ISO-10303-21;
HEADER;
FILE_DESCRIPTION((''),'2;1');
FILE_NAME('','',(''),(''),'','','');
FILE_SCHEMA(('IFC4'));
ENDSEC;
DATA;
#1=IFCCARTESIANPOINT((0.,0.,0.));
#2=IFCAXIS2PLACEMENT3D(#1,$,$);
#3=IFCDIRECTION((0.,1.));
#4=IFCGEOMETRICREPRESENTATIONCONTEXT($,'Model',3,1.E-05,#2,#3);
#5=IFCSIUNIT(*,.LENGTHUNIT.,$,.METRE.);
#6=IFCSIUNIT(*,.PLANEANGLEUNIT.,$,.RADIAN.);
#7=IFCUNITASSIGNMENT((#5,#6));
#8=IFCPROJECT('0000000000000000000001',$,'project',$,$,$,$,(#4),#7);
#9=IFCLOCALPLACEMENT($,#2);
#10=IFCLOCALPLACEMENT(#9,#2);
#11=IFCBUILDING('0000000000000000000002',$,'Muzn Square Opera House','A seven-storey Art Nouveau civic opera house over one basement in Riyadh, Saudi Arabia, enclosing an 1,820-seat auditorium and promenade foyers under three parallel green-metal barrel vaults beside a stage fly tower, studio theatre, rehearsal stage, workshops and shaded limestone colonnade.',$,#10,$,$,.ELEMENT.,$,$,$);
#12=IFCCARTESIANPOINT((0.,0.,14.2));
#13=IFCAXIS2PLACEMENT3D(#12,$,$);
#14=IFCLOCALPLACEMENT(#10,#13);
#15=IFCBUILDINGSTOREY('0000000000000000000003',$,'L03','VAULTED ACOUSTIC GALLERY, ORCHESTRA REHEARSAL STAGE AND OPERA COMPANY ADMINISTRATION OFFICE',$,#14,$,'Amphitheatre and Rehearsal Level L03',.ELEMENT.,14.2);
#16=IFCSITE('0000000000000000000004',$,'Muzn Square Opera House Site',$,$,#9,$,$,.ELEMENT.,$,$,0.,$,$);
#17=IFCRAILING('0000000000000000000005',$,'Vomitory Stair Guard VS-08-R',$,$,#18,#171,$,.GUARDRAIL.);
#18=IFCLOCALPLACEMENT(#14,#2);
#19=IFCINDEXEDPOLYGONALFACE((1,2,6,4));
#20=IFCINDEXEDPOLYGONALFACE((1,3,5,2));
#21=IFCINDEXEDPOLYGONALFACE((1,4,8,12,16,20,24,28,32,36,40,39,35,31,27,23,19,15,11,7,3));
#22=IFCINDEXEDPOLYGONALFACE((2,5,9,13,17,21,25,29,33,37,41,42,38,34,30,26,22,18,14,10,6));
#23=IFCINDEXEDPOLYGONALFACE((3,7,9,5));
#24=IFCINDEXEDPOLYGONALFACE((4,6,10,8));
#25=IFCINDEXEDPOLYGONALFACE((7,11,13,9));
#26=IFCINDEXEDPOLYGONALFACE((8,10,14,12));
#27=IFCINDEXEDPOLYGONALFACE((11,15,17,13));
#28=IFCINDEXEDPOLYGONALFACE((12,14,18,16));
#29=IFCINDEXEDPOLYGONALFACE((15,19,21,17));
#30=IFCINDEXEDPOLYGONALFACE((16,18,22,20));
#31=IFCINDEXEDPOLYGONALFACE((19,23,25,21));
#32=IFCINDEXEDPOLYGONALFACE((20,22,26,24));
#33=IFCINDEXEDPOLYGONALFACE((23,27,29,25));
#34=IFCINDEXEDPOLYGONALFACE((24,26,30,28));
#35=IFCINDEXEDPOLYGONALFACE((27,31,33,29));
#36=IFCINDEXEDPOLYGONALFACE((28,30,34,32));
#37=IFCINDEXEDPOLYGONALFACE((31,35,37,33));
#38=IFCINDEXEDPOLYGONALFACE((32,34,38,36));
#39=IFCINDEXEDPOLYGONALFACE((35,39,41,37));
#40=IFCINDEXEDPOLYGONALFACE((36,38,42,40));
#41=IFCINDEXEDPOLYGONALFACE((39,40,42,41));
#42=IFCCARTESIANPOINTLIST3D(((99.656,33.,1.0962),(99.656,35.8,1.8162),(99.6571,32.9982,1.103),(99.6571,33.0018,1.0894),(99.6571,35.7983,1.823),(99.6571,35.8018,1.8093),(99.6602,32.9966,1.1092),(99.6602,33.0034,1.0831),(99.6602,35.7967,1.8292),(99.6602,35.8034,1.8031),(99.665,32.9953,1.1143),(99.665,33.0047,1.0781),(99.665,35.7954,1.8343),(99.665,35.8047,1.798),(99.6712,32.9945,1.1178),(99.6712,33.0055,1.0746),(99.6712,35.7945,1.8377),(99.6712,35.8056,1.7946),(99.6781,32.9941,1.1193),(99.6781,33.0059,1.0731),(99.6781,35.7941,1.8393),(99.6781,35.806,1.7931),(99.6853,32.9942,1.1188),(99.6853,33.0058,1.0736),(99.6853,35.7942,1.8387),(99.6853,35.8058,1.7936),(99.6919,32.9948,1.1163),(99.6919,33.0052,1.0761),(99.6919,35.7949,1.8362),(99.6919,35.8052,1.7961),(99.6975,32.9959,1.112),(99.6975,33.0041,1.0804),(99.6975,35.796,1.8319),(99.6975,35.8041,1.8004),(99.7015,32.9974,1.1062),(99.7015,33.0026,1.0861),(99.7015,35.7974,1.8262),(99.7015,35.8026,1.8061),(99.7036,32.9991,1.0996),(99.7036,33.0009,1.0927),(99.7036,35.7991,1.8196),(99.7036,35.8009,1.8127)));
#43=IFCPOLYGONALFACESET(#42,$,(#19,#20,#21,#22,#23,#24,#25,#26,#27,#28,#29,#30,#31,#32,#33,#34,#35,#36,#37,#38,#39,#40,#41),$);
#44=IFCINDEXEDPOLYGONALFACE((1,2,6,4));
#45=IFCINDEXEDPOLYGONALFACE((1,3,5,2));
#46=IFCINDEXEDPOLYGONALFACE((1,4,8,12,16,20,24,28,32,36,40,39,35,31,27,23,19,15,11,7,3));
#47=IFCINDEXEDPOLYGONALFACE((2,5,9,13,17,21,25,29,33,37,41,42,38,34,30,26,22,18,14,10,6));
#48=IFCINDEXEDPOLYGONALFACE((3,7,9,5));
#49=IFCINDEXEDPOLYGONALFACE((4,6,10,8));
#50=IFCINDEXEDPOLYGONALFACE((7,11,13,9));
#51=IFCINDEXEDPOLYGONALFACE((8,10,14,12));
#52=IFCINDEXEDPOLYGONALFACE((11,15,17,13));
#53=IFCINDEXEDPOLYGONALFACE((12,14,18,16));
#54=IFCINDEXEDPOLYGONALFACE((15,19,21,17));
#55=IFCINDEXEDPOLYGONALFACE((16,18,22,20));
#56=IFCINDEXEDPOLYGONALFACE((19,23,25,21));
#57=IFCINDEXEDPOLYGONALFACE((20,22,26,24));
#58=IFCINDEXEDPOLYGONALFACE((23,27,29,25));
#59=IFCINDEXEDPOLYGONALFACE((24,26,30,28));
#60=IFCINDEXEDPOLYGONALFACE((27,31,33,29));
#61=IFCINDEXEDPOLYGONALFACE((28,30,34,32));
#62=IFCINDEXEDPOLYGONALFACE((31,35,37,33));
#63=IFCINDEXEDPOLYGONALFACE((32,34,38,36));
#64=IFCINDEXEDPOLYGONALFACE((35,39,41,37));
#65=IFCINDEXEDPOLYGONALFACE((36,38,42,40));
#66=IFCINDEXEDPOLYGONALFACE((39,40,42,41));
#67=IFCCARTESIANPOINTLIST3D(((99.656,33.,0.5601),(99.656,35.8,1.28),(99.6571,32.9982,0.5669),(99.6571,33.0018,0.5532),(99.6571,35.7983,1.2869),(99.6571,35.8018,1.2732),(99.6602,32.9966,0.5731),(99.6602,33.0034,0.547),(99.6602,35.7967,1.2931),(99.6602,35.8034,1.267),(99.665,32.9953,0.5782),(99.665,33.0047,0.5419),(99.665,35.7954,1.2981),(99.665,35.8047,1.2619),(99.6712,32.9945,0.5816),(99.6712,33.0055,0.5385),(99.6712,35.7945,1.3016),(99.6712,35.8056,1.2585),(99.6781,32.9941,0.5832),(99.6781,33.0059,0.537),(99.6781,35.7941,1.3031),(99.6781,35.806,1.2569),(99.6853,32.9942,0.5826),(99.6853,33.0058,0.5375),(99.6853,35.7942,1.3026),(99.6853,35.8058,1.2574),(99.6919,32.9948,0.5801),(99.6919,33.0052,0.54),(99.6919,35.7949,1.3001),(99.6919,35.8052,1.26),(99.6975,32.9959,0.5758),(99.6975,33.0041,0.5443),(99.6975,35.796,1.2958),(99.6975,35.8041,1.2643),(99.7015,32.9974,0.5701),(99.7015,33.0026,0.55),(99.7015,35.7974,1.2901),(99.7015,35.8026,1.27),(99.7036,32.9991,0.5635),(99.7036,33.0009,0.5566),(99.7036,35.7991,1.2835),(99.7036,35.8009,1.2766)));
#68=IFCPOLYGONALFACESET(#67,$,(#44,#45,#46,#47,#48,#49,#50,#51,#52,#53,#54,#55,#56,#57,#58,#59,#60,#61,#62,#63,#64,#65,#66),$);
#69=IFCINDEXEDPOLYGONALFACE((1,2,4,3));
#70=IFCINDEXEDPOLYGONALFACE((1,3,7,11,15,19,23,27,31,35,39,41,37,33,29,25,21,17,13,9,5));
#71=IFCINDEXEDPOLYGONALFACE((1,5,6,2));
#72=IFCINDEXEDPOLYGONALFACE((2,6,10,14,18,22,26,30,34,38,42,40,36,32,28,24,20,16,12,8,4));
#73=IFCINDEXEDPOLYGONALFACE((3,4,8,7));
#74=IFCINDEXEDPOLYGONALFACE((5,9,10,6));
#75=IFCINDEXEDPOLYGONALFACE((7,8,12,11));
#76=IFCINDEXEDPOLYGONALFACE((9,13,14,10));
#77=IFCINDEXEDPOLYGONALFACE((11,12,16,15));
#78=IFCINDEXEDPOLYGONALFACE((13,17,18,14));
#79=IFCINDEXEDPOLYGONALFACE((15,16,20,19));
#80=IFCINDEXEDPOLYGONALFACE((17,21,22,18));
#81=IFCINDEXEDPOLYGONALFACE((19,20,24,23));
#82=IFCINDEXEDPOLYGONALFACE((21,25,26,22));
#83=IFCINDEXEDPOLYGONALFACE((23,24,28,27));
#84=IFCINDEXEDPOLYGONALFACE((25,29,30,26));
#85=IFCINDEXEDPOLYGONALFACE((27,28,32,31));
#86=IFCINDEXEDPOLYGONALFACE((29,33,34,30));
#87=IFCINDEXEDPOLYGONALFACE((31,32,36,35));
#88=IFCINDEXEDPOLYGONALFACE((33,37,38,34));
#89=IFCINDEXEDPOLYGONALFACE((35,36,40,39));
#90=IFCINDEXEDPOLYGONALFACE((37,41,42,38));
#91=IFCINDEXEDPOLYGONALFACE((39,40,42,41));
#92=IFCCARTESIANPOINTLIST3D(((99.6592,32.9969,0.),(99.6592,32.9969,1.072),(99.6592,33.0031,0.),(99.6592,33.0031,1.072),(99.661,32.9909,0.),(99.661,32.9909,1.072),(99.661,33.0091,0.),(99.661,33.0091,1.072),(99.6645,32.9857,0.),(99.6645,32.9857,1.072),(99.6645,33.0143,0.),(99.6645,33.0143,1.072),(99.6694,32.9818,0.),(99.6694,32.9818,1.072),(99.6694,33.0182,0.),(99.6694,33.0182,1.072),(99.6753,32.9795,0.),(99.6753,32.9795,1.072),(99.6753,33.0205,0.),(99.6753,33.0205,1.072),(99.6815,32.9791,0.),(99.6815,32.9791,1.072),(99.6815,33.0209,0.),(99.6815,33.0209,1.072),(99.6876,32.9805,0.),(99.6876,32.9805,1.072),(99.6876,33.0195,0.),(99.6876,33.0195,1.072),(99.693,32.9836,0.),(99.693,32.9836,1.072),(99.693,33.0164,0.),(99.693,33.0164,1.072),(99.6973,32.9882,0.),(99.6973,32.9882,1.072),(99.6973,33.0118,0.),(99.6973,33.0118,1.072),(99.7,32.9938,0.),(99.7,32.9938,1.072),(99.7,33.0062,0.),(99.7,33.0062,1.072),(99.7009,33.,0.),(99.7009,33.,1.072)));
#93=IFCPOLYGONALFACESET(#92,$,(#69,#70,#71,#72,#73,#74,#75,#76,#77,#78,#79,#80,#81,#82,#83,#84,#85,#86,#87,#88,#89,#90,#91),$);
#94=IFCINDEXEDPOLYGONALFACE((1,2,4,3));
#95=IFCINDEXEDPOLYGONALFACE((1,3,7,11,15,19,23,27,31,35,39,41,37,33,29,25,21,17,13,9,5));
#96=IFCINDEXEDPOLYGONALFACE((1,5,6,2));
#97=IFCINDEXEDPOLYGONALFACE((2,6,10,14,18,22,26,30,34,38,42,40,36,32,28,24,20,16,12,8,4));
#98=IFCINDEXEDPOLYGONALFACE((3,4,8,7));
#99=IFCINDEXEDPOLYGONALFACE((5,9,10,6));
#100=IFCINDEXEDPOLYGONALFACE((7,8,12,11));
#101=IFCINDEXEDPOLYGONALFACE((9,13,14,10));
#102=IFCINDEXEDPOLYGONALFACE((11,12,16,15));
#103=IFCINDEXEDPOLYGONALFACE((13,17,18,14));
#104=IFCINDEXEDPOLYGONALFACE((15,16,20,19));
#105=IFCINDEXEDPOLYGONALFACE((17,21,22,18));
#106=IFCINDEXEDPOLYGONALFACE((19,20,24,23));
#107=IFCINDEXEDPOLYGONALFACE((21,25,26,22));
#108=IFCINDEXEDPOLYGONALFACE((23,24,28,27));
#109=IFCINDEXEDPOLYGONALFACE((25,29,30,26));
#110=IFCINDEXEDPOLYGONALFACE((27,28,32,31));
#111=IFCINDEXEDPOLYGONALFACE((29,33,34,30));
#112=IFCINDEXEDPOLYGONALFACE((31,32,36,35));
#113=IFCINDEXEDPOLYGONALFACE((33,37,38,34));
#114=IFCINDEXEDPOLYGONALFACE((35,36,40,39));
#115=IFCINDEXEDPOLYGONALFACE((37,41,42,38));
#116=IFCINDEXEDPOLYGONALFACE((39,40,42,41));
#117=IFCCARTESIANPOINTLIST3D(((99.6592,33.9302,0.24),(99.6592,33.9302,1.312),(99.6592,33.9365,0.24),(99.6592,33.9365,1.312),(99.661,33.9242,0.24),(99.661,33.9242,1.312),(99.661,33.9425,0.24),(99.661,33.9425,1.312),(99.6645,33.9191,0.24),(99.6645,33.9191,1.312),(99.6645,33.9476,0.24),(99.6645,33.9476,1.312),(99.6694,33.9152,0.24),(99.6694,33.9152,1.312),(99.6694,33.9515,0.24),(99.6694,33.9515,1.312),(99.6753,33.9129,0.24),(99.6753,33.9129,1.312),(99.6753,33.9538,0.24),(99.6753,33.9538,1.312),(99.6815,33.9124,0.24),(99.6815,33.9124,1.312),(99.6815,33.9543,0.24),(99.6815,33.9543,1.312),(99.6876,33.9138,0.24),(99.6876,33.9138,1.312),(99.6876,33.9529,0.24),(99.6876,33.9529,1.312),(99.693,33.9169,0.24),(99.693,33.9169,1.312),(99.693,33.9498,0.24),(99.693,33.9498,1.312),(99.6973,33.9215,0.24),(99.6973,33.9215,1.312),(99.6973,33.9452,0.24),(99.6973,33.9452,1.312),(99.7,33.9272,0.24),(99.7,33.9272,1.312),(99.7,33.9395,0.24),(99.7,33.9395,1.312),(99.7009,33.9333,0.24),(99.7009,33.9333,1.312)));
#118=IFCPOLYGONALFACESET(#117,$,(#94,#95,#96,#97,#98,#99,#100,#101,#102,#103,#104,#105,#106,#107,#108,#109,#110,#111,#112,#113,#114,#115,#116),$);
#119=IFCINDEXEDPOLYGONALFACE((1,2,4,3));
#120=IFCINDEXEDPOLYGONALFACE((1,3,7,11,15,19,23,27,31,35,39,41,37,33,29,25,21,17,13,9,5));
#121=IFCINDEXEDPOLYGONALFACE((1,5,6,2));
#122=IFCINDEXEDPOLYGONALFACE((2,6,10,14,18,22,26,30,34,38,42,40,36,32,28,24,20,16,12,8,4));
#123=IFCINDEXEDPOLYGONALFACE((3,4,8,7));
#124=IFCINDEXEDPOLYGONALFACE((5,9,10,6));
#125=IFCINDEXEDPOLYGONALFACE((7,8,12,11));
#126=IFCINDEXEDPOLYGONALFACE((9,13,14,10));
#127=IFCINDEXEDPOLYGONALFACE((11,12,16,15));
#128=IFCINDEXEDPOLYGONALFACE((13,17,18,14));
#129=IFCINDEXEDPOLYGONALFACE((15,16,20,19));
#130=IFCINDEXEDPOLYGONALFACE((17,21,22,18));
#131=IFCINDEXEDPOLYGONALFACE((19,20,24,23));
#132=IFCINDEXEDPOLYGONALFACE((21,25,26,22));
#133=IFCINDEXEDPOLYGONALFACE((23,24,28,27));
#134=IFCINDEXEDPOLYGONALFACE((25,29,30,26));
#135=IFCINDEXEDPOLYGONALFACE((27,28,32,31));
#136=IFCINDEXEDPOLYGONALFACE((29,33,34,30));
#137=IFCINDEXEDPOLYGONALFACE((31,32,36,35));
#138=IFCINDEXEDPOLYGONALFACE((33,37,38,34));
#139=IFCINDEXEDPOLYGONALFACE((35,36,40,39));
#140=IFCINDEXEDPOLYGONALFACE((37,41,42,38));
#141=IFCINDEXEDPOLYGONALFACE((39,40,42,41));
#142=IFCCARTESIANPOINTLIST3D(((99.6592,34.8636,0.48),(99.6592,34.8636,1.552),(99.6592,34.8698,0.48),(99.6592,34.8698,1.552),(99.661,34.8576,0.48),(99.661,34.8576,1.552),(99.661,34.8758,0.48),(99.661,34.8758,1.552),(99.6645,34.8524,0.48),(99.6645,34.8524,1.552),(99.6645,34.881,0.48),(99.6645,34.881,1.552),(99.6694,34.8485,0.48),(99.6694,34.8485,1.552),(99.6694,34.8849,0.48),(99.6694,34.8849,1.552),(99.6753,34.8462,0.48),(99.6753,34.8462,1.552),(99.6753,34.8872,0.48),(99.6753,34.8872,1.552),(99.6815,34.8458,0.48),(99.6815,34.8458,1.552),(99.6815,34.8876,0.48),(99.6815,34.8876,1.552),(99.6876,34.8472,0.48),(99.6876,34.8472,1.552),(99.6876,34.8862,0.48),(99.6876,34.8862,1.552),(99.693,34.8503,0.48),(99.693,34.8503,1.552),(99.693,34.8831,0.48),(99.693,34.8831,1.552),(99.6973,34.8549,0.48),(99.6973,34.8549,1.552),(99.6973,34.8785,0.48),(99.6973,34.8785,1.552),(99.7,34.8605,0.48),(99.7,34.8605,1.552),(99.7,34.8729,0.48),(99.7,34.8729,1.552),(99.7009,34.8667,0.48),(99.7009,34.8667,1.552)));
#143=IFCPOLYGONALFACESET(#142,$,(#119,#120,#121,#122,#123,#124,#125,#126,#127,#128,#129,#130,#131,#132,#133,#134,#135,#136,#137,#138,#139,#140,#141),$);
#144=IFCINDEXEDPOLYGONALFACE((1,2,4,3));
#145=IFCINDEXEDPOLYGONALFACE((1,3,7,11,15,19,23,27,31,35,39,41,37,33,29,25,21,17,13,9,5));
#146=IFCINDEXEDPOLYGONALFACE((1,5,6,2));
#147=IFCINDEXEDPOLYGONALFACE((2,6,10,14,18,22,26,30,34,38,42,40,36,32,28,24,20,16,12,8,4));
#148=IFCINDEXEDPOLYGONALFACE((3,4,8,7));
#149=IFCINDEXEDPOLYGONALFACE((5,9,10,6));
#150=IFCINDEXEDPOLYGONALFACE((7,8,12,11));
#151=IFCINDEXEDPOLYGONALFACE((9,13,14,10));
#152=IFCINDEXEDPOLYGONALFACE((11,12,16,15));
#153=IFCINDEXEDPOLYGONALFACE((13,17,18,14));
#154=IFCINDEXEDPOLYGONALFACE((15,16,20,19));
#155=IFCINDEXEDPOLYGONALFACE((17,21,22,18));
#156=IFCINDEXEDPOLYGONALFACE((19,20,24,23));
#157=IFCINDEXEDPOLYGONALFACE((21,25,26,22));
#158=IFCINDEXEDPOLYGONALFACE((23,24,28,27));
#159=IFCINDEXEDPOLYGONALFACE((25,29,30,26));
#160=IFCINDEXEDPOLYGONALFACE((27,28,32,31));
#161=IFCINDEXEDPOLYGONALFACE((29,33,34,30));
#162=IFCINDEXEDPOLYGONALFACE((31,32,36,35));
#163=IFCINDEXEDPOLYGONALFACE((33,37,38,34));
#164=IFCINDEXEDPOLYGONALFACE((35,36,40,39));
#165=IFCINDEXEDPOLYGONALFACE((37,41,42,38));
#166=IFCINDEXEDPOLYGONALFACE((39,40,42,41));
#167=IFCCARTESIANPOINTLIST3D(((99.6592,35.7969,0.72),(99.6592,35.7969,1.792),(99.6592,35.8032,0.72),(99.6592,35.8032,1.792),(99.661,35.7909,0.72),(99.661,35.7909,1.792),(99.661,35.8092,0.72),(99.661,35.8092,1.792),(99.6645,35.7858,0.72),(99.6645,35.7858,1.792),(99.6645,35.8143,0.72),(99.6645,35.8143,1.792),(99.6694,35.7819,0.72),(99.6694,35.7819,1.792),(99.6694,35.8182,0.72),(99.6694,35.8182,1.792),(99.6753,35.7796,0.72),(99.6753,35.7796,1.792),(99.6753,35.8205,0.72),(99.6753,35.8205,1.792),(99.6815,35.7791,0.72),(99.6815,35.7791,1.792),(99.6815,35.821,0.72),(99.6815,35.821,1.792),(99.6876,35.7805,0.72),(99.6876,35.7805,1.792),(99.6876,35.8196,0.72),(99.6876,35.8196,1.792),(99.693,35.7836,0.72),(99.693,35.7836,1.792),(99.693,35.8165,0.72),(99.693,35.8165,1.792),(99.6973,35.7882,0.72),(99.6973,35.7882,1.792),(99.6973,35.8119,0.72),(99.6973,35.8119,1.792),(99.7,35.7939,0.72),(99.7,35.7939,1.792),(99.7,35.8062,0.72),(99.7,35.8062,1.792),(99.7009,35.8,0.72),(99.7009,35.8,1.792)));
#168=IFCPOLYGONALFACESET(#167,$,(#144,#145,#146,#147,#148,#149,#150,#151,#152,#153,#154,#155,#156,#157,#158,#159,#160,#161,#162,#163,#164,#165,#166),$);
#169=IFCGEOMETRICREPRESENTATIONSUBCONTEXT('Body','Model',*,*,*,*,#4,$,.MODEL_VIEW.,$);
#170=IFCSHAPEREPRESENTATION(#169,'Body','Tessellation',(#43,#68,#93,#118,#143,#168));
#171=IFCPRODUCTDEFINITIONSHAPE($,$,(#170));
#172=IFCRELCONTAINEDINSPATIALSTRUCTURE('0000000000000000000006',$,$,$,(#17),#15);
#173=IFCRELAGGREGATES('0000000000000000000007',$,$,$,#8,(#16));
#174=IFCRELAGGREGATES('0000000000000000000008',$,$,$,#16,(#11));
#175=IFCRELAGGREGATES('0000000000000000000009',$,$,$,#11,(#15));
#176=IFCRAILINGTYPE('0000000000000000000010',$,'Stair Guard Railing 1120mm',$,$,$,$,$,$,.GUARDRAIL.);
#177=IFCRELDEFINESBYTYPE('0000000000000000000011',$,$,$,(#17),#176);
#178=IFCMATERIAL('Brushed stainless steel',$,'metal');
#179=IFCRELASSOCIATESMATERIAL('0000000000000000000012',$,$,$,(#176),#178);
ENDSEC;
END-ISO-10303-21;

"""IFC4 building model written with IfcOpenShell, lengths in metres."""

from ifc_helpers import new_model, si_unit, direction, frame, origin, origin_2d, place, context, subcontext, project, spatial, circle, extrude, material, type_object, element, save


model = new_model("IFC4")

# Units and contexts
model_context = context("Model", 3, precision=1e-05, world=origin(), true_north=direction((0.0, 1.0)))
body_context = subcontext(model_context, "Body", "Model", "MODEL_VIEW")
ifc_project = project(units=[si_unit("LENGTHUNIT", "METRE"), si_unit("PLANEANGLEUNIT", "RADIAN")], contexts=[model_context])

# Site, building, storey
site_placement = place(None, origin())
site = spatial("IfcSite", under=ifc_project, at=site_placement, Name="Muzn Square Opera House Site", CompositionType="ELEMENT", RefElevation=0.0)
building_placement = place(site_placement, origin())
building = spatial("IfcBuilding", under=site, at=building_placement, Name="Muzn Square Opera House", Description="A seven-storey Art Nouveau civic opera house over one basement in Riyadh, Saudi Arabia, enclosing an 1,820-seat auditorium and promenade foyers under three parallel green-metal barrel vaults beside a stage fly tower, studio theatre, rehearsal stage, workshops and shaded limestone colonnade.", CompositionType="ELEMENT")
storey_placement = place(building_placement, frame((0.0, 0.0, 14.2)))
storey = spatial("IfcBuildingStorey", under=building, at=storey_placement, Name="L03", Description="VAULTED ACOUSTIC GALLERY, ORCHESTRA REHEARSAL STAGE AND OPERA COMPANY ADMINISTRATION OFFICE", LongName="Amphitheatre and Rehearsal Level L03", CompositionType="ELEMENT", Elevation=14.2)

# Railing
ifc_material_1 = material(Name="Brushed stainless steel", Category="metal")
railing_type_1 = type_object("IfcRailingType", Name="Stair Guard Railing 1120mm", PredefinedType="GUARDRAIL", material=ifc_material_1)
railing_1_placement = place(storey_placement, frame((99.6799, 33.0, 0.0)))
element("IfcRailing", 1, at=railing_1_placement, inside=storey, type_object=railing_type_1, Name="Vomitory Stair Guard VS-08-R", PredefinedType="GUARDRAIL", context=body_context, shape_type="SweptSolid", body=[
    extrude(circle(Radius=0.0239, at=origin_2d()), frame((0.0, 0.0, 1.0962), z_axis=(0.0, 0.968496, 0.249027), x_axis=(-1.0, 0.0, 0.0)), (0.0, 0.0, 1.0), 2.8911),
    extrude(circle(Radius=0.0239, at=origin_2d()), frame((0.0, 0.0, 0.5601), z_axis=(0.0, 0.968496, 0.249027), x_axis=(-1.0, 0.0, 0.0)), (0.0, 0.0, 1.0), 2.8911),
    extrude(circle(Radius=0.021, at=origin_2d()), origin(), (0.0, 0.0, 1.0), 1.072),
    extrude(circle(Radius=0.021, at=origin_2d()), frame((0.0, 0.9333, 0.24)), (0.0, 0.0, 1.0), 1.072),
    extrude(circle(Radius=0.021, at=origin_2d()), frame((0.0, 1.8667, 0.48)), (0.0, 0.0, 1.0), 1.072),
    extrude(circle(Radius=0.021, at=origin_2d()), frame((0.0, 2.8, 0.72)), (0.0, 0.0, 1.0), 1.072),
])

save(model, "model.ifc")
